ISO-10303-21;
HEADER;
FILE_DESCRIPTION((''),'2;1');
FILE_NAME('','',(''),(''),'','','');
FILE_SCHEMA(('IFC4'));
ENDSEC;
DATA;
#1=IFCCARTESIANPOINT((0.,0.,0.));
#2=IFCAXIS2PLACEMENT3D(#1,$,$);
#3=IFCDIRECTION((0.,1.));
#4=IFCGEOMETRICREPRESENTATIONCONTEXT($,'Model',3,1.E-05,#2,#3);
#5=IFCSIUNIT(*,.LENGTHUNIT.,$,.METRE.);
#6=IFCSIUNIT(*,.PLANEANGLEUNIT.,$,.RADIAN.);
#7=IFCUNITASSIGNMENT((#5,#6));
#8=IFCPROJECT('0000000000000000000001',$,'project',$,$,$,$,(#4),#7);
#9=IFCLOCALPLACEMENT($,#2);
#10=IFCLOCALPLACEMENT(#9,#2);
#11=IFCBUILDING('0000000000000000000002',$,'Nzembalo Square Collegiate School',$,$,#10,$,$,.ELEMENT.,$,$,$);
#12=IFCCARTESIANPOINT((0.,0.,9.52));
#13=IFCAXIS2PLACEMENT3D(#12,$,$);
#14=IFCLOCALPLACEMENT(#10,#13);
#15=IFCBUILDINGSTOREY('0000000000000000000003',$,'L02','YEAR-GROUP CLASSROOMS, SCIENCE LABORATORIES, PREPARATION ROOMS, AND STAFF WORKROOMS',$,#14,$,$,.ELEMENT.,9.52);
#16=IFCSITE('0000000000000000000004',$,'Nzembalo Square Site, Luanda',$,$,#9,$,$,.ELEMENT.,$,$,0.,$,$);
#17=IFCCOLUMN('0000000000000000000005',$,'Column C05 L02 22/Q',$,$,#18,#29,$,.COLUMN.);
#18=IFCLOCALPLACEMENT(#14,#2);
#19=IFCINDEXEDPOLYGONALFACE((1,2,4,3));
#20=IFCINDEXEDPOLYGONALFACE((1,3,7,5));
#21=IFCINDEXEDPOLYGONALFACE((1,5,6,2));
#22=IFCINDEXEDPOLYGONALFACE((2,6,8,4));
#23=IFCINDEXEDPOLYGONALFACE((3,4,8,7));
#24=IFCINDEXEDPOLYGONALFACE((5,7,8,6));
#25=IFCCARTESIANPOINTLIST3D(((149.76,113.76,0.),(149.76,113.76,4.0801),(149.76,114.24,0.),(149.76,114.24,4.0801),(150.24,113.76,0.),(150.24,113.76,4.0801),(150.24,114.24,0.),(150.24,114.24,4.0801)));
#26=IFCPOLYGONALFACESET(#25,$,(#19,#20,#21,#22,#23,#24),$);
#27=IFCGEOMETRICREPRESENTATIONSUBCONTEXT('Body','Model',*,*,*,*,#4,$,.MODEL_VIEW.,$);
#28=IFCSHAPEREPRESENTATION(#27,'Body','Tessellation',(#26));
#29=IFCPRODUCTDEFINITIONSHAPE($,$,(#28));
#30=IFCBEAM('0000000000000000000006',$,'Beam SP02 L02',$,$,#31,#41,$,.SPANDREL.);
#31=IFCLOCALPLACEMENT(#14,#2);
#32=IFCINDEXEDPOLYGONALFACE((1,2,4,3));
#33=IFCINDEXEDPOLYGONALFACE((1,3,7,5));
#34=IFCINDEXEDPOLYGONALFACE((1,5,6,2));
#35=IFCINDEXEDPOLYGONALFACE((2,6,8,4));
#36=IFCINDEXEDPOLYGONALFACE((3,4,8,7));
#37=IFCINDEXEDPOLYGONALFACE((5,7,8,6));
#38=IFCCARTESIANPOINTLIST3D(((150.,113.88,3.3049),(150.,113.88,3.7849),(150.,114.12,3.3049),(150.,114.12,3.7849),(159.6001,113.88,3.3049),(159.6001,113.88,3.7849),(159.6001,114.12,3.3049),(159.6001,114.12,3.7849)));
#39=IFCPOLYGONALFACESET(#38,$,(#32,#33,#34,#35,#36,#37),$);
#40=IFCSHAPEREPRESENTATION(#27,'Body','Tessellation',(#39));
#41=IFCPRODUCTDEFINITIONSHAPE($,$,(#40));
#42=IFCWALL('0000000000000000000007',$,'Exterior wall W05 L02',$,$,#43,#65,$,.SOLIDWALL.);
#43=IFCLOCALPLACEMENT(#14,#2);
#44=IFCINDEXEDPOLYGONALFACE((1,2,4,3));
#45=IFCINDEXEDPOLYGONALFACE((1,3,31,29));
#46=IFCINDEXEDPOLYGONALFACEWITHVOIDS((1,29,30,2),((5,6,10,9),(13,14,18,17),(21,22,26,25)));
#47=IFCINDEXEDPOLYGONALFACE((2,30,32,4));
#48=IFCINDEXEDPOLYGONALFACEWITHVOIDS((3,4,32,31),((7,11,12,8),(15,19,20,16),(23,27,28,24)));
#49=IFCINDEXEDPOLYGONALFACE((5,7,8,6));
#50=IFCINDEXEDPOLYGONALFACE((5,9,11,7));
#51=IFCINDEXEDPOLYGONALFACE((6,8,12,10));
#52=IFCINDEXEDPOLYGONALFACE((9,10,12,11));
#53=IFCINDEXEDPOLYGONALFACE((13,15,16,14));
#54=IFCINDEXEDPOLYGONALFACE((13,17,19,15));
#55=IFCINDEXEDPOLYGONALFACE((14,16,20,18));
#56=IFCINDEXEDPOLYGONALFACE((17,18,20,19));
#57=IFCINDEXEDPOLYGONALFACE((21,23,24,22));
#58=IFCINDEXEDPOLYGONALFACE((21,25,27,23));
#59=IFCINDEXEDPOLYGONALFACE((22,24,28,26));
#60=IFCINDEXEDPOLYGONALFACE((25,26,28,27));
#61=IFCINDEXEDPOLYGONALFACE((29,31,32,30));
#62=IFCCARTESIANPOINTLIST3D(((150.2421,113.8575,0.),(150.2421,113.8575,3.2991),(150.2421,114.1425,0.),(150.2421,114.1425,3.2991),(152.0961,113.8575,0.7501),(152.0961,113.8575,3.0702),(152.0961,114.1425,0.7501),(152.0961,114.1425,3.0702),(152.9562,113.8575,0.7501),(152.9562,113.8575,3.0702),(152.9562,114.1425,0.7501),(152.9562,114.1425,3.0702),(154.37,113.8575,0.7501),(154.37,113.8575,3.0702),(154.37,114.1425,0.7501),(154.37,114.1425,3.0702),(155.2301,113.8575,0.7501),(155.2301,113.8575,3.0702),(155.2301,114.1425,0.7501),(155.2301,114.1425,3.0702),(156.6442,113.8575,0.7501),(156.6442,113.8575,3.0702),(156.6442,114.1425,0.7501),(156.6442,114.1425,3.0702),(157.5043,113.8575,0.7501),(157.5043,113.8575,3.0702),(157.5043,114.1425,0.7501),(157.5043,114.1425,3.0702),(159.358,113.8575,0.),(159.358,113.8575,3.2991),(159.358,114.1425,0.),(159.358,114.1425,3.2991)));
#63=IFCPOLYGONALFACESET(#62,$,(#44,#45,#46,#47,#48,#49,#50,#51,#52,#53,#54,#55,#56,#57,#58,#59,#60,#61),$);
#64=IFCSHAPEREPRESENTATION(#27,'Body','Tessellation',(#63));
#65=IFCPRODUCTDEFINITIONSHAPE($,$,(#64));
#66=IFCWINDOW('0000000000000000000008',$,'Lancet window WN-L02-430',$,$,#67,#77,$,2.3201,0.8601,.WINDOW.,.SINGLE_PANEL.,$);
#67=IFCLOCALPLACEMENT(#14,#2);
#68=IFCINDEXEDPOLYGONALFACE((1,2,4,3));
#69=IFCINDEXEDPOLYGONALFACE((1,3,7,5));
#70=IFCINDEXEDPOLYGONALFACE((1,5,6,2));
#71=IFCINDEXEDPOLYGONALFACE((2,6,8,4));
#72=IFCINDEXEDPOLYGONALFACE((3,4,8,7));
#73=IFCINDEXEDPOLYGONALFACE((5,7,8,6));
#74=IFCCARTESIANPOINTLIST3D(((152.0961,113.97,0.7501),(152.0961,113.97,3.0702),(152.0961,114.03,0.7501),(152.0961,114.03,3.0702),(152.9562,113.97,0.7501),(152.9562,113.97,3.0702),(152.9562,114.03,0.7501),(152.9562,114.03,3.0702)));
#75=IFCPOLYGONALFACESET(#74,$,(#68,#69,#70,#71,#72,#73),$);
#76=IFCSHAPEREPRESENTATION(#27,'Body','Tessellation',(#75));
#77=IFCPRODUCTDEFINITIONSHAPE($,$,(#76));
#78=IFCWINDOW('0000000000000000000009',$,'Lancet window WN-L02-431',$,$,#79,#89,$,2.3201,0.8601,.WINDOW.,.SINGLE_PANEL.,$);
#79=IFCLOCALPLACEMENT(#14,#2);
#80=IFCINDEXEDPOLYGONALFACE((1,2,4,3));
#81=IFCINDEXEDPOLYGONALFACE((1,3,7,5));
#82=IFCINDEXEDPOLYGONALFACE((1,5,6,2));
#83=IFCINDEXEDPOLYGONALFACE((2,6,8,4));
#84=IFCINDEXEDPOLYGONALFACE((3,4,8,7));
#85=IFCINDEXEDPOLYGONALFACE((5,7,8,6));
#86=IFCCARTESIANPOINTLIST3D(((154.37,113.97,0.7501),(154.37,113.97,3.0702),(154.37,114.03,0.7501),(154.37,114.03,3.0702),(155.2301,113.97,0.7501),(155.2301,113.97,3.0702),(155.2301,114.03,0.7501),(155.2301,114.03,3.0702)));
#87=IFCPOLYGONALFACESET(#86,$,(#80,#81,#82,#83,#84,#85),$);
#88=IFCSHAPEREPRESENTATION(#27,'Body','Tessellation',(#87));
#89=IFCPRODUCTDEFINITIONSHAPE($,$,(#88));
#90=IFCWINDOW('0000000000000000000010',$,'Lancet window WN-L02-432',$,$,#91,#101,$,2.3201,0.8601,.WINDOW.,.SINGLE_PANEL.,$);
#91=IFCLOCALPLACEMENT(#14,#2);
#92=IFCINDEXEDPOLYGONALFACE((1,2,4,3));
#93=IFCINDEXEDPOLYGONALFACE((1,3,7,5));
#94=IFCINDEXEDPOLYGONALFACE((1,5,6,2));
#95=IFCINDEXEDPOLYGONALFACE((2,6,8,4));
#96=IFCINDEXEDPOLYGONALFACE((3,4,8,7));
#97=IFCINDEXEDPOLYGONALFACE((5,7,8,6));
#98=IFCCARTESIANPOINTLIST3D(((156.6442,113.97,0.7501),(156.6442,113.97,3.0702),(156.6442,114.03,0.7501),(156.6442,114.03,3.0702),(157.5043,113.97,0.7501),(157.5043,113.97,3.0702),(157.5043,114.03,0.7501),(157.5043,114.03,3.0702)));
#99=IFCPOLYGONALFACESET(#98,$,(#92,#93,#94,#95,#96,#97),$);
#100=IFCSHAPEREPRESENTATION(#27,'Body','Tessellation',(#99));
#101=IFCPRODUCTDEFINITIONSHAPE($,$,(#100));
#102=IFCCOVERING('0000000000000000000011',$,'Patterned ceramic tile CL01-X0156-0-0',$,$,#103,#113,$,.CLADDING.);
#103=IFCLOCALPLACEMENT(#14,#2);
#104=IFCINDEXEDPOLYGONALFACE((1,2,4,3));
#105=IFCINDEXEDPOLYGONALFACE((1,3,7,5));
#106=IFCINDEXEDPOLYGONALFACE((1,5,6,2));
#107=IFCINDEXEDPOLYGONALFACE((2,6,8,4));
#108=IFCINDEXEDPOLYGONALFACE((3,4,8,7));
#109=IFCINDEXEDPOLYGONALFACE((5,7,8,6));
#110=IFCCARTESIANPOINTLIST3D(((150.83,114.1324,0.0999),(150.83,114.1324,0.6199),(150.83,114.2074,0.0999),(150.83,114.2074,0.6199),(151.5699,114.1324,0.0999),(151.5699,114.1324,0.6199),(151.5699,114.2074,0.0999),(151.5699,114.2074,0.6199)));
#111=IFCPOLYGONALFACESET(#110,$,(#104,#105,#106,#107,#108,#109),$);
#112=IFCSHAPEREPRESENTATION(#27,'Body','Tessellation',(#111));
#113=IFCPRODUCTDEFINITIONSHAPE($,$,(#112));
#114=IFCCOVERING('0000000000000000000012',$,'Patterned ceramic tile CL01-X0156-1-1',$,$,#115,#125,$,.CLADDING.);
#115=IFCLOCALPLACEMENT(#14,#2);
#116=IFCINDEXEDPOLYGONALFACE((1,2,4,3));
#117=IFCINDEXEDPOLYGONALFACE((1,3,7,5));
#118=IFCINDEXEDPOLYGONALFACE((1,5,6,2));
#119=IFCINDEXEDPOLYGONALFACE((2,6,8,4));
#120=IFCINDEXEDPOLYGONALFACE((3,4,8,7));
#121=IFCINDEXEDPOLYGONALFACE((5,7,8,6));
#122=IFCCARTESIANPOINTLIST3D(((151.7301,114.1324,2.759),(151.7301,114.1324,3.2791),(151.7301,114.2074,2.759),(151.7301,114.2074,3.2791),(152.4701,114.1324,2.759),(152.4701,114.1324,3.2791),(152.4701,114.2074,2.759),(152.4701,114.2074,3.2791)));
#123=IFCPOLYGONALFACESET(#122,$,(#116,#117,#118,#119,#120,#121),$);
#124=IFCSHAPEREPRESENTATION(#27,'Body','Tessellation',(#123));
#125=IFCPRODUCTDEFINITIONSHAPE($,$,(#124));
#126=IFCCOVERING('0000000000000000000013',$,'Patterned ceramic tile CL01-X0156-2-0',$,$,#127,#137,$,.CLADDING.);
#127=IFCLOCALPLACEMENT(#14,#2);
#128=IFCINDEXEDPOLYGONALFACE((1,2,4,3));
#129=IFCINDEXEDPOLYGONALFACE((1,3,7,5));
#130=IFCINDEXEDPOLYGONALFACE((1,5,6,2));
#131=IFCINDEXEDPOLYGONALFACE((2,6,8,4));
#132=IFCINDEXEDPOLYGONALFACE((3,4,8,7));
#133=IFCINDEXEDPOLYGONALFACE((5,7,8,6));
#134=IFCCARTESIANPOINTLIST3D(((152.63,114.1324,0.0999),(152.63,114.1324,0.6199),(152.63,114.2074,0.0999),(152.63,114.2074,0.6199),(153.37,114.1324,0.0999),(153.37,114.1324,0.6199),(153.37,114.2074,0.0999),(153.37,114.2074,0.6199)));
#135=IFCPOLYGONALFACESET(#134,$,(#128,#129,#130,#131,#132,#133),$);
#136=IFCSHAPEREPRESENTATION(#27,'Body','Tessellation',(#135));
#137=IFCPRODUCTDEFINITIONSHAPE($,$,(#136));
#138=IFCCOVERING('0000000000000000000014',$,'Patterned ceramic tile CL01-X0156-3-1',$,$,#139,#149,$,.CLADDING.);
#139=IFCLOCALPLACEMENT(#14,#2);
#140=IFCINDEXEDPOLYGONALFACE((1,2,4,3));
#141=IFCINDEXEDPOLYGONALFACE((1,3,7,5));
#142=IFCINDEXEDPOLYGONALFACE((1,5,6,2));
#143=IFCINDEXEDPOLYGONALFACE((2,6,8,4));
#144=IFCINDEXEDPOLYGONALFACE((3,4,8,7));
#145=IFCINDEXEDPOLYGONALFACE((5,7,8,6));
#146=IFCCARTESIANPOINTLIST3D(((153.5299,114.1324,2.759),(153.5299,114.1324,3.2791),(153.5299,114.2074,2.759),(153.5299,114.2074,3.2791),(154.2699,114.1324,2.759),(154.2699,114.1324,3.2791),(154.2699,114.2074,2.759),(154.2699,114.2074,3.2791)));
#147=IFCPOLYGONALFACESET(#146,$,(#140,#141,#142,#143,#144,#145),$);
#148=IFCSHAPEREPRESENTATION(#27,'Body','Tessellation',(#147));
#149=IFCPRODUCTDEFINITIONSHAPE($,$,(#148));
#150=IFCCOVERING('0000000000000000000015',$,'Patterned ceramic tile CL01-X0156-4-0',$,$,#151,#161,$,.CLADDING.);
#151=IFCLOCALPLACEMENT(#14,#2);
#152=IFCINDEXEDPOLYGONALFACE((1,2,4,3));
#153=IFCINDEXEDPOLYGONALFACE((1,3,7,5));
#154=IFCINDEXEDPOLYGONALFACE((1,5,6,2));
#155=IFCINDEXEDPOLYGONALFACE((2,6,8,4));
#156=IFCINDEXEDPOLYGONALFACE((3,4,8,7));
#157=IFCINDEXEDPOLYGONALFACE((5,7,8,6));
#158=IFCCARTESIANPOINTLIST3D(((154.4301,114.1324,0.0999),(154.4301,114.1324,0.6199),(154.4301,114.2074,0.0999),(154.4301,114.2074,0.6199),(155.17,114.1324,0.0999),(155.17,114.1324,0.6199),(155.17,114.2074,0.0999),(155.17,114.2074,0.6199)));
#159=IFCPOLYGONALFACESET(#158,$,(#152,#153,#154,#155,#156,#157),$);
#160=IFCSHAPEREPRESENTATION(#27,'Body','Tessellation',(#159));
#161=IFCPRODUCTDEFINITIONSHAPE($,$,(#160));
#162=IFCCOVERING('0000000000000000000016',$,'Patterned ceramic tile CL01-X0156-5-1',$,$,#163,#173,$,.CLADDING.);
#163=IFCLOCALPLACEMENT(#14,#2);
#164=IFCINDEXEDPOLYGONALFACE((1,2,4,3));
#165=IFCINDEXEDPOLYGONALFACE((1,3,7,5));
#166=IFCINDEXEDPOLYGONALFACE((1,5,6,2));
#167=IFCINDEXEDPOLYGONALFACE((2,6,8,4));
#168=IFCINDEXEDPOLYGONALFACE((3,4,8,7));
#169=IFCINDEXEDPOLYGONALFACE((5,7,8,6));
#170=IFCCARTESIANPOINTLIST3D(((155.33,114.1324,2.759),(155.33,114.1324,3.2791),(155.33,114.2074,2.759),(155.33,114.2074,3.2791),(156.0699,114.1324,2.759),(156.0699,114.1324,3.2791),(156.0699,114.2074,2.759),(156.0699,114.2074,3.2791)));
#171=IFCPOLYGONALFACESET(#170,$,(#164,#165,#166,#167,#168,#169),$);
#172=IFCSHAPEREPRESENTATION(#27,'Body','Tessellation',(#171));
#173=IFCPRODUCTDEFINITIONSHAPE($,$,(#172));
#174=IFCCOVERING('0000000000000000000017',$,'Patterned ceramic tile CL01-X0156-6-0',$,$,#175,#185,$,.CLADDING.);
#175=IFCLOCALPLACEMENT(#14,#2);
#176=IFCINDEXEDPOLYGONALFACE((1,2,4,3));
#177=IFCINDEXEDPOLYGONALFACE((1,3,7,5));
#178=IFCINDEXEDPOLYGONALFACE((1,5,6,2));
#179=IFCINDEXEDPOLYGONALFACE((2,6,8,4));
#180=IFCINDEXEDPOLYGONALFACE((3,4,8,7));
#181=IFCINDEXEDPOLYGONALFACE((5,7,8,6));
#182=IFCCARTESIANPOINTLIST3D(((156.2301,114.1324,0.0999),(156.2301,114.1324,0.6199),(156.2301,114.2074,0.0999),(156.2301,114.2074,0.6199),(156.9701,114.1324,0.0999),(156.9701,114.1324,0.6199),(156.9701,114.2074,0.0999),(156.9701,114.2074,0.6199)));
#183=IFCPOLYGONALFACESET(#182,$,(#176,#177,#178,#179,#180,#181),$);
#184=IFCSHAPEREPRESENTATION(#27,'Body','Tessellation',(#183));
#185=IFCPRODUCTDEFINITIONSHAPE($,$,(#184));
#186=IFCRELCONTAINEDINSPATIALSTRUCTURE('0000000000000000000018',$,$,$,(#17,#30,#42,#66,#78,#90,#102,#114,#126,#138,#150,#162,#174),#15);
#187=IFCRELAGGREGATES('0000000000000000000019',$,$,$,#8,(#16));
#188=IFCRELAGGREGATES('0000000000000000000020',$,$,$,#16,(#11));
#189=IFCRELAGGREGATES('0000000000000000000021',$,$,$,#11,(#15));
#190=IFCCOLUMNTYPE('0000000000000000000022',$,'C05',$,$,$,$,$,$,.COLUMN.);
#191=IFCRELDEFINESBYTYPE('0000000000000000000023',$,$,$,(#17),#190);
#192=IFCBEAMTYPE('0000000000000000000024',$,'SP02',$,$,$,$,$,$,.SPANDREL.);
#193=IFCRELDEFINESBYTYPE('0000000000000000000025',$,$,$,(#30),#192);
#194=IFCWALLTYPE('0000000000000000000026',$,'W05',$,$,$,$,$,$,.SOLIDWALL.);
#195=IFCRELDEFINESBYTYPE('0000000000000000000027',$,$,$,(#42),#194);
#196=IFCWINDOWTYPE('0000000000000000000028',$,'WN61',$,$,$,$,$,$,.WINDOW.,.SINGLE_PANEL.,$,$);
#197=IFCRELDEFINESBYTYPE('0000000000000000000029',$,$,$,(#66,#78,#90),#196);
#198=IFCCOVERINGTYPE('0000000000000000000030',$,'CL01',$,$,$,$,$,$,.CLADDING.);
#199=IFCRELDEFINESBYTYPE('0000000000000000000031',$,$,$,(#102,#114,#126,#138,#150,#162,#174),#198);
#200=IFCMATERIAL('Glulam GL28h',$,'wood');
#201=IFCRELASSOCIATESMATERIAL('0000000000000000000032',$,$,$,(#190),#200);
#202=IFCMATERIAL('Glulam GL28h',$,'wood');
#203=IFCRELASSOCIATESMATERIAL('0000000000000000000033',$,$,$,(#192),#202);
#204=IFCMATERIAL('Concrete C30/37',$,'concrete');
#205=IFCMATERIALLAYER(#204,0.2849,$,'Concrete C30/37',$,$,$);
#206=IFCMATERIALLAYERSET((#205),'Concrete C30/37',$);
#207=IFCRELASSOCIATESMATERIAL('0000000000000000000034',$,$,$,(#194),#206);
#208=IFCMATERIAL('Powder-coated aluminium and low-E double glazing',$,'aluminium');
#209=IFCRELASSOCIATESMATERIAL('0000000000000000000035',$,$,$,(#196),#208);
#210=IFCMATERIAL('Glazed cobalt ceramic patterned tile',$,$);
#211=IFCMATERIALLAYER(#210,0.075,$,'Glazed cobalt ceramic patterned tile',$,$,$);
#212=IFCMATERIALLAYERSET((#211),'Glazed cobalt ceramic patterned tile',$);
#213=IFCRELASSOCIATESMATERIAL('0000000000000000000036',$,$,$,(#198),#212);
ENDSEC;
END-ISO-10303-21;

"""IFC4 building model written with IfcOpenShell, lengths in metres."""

from ifc_helpers import new_model, si_unit, direction, frame, frame_2d, origin, origin_2d, place, context, subcontext, project, spatial, rectangle, extrude, material, layer, layer_set, material_profile, profile_set, type_object, element, fill, save


model = new_model("IFC4")

# Units and contexts
model_context = context("Model", 3, precision=1e-05, world=origin(), true_north=direction((0.0, 1.0)))
body_context = subcontext(model_context, "Body", "Model", "MODEL_VIEW")
ifc_project = project(units=[si_unit("LENGTHUNIT", "METRE"), si_unit("PLANEANGLEUNIT", "RADIAN")], contexts=[model_context])

# Site, building, storey
site_placement = place(None, origin())
site = spatial("IfcSite", under=ifc_project, at=site_placement, Name="Nzembalo Square Site, Luanda", CompositionType="ELEMENT", RefElevation=0.0)
building_placement = place(site_placement, origin())
building = spatial("IfcBuilding", under=site, at=building_placement, Name="Nzembalo Square Collegiate School", CompositionType="ELEMENT")
storey_placement = place(building_placement, frame((0.0, 0.0, 9.52)))
storey = spatial("IfcBuildingStorey", under=building, at=storey_placement, Name="L02", Description="YEAR-GROUP CLASSROOMS, SCIENCE LABORATORIES, PREPARATION ROOMS, AND STAFF WORKROOMS", CompositionType="ELEMENT", Elevation=9.52)

# Column
ifc_material_1 = material(Name="Glulam GL28h", Category="wood")
ifc_material_profile_1 = material_profile(ifc_material_1, rectangle(XDim=0.48, YDim=0.48, at=origin_2d()), Name="GL28h 480x480")
ifc_profile_set_1 = profile_set([ifc_material_profile_1], Name="Glulam GL28h")
column_type = type_object("IfcColumnType", Name="C05", PredefinedType="COLUMN", material=ifc_profile_set_1)
column_placement = place(storey_placement, frame((150.0, 114.0, 0.0), z_axis=(0.0, 0.0, 1.0), x_axis=(1.0, 0.0, 0.0)))
element("IfcColumn", 1, at=column_placement, inside=storey, type_object=column_type, Name="Column C05 L02 22/Q", PredefinedType="COLUMN", context=body_context, shape_type="SweptSolid", body=[
    extrude(rectangle(XDim=0.48, YDim=0.48, at=origin_2d()), origin(), (0.0, 0.0, 1.0), 4.0801),
])

# Beam
ifc_material_2 = material(Name="Glulam GL28h", Category="wood")
ifc_material_profile_2 = material_profile(ifc_material_2, rectangle(XDim=0.24, YDim=0.48, at=origin_2d()), Name="GL28h 240x480")
ifc_profile_set_2 = profile_set([ifc_material_profile_2], Name="Glulam GL28h")
beam_type = type_object("IfcBeamType", Name="SP02", PredefinedType="SPANDREL", material=ifc_profile_set_2)
beam_placement = place(storey_placement, frame((150.0, 114.0, 3.5449), z_axis=(1.0, 0.0, 0.0), x_axis=(0.0, 1.0, 0.0)))
element("IfcBeam", 2, at=beam_placement, inside=storey, type_object=beam_type, Name="Beam SP02 L02", PredefinedType="SPANDREL", context=body_context, shape_type="SweptSolid", body=[
    extrude(rectangle(XDim=0.24, YDim=0.48, at=origin_2d()), origin(), (0.0, 0.0, 1.0), 9.6001),
])

# Wall, openings, windows
ifc_material_3 = material(Name="Concrete C30/37", Category="concrete")
ifc_layer_1 = layer(ifc_material_3, 0.2849, Name="Concrete C30/37")
ifc_layer_set_1 = layer_set([ifc_layer_1], Name="Concrete C30/37")
wall_type = type_object("IfcWallType", Name="W05", PredefinedType="SOLIDWALL", material=ifc_layer_set_1)
wall_placement = place(storey_placement, frame((150.2419, 114.0, 0.0), z_axis=(0.0, 0.0, 1.0), x_axis=(1.0, 0.0, 0.0)))
wall = element("IfcWall", 3, at=wall_placement, inside=storey, type_object=wall_type, Name="Exterior wall W05 L02", PredefinedType="SOLIDWALL", context=body_context, shape_type="SweptSolid", body=[
    extrude(rectangle(XDim=9.116, YDim=0.2849, at=frame_2d((4.5581, 0.0))), origin(), (0.0, 0.0, 1.0), 3.2991),
])
opening_1_placement = place(wall_placement, frame((1.854, 0.0, 0.75)))
opening_1 = element("IfcOpeningElement", 4, at=opening_1_placement, cuts=wall, PredefinedType="OPENING", context=body_context, shape_type="SweptSolid", body=[
    extrude(rectangle(XDim=0.8601, YDim=2.3201, at=frame_2d((0.4302, 1.1602))), frame((0.0, 0.1523, 0.0), z_axis=(0.0, -1.0, 0.0), x_axis=(1.0, 0.0, 0.0)), (0.0, 0.0, 1.0), 0.3049),
])
opening_2_placement = place(wall_placement, frame((4.1279, 0.0, 0.75)))
opening_2 = element("IfcOpeningElement", 5, at=opening_2_placement, cuts=wall, PredefinedType="OPENING", context=body_context, shape_type="SweptSolid", body=[
    extrude(rectangle(XDim=0.8601, YDim=2.3201, at=frame_2d((0.4302, 1.1602))), frame((0.0, 0.1523, 0.0), z_axis=(0.0, -1.0, 0.0), x_axis=(1.0, 0.0, 0.0)), (0.0, 0.0, 1.0), 0.3049),
])
opening_3_placement = place(wall_placement, frame((6.4021, 0.0, 0.75)))
opening_3 = element("IfcOpeningElement", 6, at=opening_3_placement, cuts=wall, PredefinedType="OPENING", context=body_context, shape_type="SweptSolid", body=[
    extrude(rectangle(XDim=0.8601, YDim=2.3201, at=frame_2d((0.4302, 1.1602))), frame((0.0, 0.1523, 0.0), z_axis=(0.0, -1.0, 0.0), x_axis=(1.0, 0.0, 0.0)), (0.0, 0.0, 1.0), 0.3049),
])
ifc_material_4 = material(Name="Powder-coated aluminium and low-E double glazing", Category="aluminium")
window_type = type_object("IfcWindowType", Name="WN61", PartitioningType="SINGLE_PANEL", PredefinedType="WINDOW", material=ifc_material_4)
window_1_placement = place(opening_1_placement, origin())
window_1 = element("IfcWindow", 7, at=window_1_placement, inside=storey, type_object=window_type, Name="Lancet window WN-L02-430", OverallHeight=2.3201, OverallWidth=0.8601, PartitioningType="SINGLE_PANEL", PredefinedType="WINDOW", context=body_context, shape_type="SweptSolid", body=[
    extrude(rectangle(XDim=0.8601, YDim=2.3201, at=frame_2d((0.4302, 1.1602))), frame((0.0, 0.03, 0.0), z_axis=(0.0, -1.0, 0.0), x_axis=(1.0, 0.0, 0.0)), (0.0, 0.0, 1.0), 0.0601),
])
fill(opening_1, window_1)
window_2_placement = place(opening_2_placement, origin())
window_2 = element("IfcWindow", 8, at=window_2_placement, inside=storey, type_object=window_type, Name="Lancet window WN-L02-431", OverallHeight=2.3201, OverallWidth=0.8601, PartitioningType="SINGLE_PANEL", PredefinedType="WINDOW", context=body_context, shape_type="SweptSolid", body=[
    extrude(rectangle(XDim=0.8601, YDim=2.3201, at=frame_2d((0.4302, 1.1602))), frame((0.0, 0.03, 0.0), z_axis=(0.0, -1.0, 0.0), x_axis=(1.0, 0.0, 0.0)), (0.0, 0.0, 1.0), 0.0601),
])
fill(opening_2, window_2)
window_3_placement = place(opening_3_placement, origin())
window_3 = element("IfcWindow", 9, at=window_3_placement, inside=storey, type_object=window_type, Name="Lancet window WN-L02-432", OverallHeight=2.3201, OverallWidth=0.8601, PartitioningType="SINGLE_PANEL", PredefinedType="WINDOW", context=body_context, shape_type="SweptSolid", body=[
    extrude(rectangle(XDim=0.8601, YDim=2.3201, at=frame_2d((0.4302, 1.1602))), frame((0.0, 0.03, 0.0), z_axis=(0.0, -1.0, 0.0), x_axis=(1.0, 0.0, 0.0)), (0.0, 0.0, 1.0), 0.0601),
])
fill(opening_3, window_3)

# Coverings
ifc_material_5 = material(Name="Glazed cobalt ceramic patterned tile")
ifc_layer_2 = layer(ifc_material_5, 0.075, Name="Glazed cobalt ceramic patterned tile")
ifc_layer_set_2 = layer_set([ifc_layer_2], Name="Glazed cobalt ceramic patterned tile")
covering_type_1 = type_object("IfcCoveringType", Name="CL01", PredefinedType="CLADDING", material=ifc_layer_set_2)
for number, where, z_axis, x_axis, name in (
    (10, (151.2, 114.1699, 0.0999), (0.0, 0.0, 1.0), (1.0, 0.0, 0.0), "Patterned ceramic tile CL01-X0156-0-0"),
    (11, (152.1001, 114.1699, 2.759), (0.0, 0.0, 1.0), (1.0, 0.0, 0.0), "Patterned ceramic tile CL01-X0156-1-1"),
    (12, (153.0, 114.1699, 0.0999), (0.0, 0.0, 1.0), (1.0, 0.0, 0.0), "Patterned ceramic tile CL01-X0156-2-0"),
    (13, (153.8999, 114.1699, 2.759), (0.0, 0.0, 1.0), (1.0, 0.0, 0.0), "Patterned ceramic tile CL01-X0156-3-1"),
    (14, (154.8, 114.1699, 0.0999), (0.0, 0.0, 1.0), (1.0, 0.0, 0.0), "Patterned ceramic tile CL01-X0156-4-0"),
    (15, (155.7, 114.1699, 2.759), (0.0, 0.0, 1.0), (1.0, 0.0, 0.0), "Patterned ceramic tile CL01-X0156-5-1"),
    (16, (156.6001, 114.1699, 0.0999), (0.0, 0.0, 1.0), (1.0, 0.0, 0.0), "Patterned ceramic tile CL01-X0156-6-0"),
):
    element("IfcCovering", number, at=place(storey_placement, frame(where, z_axis=z_axis, x_axis=x_axis)), inside=storey, type_object=covering_type_1, Name=name, PredefinedType="CLADDING", context=body_context, shape_type="SweptSolid", body=[
        extrude(rectangle(XDim=0.74, YDim=0.075, at=origin_2d()), origin(), (0.0, 0.0, 1.0), 0.52),
    ])

save(model, "model.ifc")
